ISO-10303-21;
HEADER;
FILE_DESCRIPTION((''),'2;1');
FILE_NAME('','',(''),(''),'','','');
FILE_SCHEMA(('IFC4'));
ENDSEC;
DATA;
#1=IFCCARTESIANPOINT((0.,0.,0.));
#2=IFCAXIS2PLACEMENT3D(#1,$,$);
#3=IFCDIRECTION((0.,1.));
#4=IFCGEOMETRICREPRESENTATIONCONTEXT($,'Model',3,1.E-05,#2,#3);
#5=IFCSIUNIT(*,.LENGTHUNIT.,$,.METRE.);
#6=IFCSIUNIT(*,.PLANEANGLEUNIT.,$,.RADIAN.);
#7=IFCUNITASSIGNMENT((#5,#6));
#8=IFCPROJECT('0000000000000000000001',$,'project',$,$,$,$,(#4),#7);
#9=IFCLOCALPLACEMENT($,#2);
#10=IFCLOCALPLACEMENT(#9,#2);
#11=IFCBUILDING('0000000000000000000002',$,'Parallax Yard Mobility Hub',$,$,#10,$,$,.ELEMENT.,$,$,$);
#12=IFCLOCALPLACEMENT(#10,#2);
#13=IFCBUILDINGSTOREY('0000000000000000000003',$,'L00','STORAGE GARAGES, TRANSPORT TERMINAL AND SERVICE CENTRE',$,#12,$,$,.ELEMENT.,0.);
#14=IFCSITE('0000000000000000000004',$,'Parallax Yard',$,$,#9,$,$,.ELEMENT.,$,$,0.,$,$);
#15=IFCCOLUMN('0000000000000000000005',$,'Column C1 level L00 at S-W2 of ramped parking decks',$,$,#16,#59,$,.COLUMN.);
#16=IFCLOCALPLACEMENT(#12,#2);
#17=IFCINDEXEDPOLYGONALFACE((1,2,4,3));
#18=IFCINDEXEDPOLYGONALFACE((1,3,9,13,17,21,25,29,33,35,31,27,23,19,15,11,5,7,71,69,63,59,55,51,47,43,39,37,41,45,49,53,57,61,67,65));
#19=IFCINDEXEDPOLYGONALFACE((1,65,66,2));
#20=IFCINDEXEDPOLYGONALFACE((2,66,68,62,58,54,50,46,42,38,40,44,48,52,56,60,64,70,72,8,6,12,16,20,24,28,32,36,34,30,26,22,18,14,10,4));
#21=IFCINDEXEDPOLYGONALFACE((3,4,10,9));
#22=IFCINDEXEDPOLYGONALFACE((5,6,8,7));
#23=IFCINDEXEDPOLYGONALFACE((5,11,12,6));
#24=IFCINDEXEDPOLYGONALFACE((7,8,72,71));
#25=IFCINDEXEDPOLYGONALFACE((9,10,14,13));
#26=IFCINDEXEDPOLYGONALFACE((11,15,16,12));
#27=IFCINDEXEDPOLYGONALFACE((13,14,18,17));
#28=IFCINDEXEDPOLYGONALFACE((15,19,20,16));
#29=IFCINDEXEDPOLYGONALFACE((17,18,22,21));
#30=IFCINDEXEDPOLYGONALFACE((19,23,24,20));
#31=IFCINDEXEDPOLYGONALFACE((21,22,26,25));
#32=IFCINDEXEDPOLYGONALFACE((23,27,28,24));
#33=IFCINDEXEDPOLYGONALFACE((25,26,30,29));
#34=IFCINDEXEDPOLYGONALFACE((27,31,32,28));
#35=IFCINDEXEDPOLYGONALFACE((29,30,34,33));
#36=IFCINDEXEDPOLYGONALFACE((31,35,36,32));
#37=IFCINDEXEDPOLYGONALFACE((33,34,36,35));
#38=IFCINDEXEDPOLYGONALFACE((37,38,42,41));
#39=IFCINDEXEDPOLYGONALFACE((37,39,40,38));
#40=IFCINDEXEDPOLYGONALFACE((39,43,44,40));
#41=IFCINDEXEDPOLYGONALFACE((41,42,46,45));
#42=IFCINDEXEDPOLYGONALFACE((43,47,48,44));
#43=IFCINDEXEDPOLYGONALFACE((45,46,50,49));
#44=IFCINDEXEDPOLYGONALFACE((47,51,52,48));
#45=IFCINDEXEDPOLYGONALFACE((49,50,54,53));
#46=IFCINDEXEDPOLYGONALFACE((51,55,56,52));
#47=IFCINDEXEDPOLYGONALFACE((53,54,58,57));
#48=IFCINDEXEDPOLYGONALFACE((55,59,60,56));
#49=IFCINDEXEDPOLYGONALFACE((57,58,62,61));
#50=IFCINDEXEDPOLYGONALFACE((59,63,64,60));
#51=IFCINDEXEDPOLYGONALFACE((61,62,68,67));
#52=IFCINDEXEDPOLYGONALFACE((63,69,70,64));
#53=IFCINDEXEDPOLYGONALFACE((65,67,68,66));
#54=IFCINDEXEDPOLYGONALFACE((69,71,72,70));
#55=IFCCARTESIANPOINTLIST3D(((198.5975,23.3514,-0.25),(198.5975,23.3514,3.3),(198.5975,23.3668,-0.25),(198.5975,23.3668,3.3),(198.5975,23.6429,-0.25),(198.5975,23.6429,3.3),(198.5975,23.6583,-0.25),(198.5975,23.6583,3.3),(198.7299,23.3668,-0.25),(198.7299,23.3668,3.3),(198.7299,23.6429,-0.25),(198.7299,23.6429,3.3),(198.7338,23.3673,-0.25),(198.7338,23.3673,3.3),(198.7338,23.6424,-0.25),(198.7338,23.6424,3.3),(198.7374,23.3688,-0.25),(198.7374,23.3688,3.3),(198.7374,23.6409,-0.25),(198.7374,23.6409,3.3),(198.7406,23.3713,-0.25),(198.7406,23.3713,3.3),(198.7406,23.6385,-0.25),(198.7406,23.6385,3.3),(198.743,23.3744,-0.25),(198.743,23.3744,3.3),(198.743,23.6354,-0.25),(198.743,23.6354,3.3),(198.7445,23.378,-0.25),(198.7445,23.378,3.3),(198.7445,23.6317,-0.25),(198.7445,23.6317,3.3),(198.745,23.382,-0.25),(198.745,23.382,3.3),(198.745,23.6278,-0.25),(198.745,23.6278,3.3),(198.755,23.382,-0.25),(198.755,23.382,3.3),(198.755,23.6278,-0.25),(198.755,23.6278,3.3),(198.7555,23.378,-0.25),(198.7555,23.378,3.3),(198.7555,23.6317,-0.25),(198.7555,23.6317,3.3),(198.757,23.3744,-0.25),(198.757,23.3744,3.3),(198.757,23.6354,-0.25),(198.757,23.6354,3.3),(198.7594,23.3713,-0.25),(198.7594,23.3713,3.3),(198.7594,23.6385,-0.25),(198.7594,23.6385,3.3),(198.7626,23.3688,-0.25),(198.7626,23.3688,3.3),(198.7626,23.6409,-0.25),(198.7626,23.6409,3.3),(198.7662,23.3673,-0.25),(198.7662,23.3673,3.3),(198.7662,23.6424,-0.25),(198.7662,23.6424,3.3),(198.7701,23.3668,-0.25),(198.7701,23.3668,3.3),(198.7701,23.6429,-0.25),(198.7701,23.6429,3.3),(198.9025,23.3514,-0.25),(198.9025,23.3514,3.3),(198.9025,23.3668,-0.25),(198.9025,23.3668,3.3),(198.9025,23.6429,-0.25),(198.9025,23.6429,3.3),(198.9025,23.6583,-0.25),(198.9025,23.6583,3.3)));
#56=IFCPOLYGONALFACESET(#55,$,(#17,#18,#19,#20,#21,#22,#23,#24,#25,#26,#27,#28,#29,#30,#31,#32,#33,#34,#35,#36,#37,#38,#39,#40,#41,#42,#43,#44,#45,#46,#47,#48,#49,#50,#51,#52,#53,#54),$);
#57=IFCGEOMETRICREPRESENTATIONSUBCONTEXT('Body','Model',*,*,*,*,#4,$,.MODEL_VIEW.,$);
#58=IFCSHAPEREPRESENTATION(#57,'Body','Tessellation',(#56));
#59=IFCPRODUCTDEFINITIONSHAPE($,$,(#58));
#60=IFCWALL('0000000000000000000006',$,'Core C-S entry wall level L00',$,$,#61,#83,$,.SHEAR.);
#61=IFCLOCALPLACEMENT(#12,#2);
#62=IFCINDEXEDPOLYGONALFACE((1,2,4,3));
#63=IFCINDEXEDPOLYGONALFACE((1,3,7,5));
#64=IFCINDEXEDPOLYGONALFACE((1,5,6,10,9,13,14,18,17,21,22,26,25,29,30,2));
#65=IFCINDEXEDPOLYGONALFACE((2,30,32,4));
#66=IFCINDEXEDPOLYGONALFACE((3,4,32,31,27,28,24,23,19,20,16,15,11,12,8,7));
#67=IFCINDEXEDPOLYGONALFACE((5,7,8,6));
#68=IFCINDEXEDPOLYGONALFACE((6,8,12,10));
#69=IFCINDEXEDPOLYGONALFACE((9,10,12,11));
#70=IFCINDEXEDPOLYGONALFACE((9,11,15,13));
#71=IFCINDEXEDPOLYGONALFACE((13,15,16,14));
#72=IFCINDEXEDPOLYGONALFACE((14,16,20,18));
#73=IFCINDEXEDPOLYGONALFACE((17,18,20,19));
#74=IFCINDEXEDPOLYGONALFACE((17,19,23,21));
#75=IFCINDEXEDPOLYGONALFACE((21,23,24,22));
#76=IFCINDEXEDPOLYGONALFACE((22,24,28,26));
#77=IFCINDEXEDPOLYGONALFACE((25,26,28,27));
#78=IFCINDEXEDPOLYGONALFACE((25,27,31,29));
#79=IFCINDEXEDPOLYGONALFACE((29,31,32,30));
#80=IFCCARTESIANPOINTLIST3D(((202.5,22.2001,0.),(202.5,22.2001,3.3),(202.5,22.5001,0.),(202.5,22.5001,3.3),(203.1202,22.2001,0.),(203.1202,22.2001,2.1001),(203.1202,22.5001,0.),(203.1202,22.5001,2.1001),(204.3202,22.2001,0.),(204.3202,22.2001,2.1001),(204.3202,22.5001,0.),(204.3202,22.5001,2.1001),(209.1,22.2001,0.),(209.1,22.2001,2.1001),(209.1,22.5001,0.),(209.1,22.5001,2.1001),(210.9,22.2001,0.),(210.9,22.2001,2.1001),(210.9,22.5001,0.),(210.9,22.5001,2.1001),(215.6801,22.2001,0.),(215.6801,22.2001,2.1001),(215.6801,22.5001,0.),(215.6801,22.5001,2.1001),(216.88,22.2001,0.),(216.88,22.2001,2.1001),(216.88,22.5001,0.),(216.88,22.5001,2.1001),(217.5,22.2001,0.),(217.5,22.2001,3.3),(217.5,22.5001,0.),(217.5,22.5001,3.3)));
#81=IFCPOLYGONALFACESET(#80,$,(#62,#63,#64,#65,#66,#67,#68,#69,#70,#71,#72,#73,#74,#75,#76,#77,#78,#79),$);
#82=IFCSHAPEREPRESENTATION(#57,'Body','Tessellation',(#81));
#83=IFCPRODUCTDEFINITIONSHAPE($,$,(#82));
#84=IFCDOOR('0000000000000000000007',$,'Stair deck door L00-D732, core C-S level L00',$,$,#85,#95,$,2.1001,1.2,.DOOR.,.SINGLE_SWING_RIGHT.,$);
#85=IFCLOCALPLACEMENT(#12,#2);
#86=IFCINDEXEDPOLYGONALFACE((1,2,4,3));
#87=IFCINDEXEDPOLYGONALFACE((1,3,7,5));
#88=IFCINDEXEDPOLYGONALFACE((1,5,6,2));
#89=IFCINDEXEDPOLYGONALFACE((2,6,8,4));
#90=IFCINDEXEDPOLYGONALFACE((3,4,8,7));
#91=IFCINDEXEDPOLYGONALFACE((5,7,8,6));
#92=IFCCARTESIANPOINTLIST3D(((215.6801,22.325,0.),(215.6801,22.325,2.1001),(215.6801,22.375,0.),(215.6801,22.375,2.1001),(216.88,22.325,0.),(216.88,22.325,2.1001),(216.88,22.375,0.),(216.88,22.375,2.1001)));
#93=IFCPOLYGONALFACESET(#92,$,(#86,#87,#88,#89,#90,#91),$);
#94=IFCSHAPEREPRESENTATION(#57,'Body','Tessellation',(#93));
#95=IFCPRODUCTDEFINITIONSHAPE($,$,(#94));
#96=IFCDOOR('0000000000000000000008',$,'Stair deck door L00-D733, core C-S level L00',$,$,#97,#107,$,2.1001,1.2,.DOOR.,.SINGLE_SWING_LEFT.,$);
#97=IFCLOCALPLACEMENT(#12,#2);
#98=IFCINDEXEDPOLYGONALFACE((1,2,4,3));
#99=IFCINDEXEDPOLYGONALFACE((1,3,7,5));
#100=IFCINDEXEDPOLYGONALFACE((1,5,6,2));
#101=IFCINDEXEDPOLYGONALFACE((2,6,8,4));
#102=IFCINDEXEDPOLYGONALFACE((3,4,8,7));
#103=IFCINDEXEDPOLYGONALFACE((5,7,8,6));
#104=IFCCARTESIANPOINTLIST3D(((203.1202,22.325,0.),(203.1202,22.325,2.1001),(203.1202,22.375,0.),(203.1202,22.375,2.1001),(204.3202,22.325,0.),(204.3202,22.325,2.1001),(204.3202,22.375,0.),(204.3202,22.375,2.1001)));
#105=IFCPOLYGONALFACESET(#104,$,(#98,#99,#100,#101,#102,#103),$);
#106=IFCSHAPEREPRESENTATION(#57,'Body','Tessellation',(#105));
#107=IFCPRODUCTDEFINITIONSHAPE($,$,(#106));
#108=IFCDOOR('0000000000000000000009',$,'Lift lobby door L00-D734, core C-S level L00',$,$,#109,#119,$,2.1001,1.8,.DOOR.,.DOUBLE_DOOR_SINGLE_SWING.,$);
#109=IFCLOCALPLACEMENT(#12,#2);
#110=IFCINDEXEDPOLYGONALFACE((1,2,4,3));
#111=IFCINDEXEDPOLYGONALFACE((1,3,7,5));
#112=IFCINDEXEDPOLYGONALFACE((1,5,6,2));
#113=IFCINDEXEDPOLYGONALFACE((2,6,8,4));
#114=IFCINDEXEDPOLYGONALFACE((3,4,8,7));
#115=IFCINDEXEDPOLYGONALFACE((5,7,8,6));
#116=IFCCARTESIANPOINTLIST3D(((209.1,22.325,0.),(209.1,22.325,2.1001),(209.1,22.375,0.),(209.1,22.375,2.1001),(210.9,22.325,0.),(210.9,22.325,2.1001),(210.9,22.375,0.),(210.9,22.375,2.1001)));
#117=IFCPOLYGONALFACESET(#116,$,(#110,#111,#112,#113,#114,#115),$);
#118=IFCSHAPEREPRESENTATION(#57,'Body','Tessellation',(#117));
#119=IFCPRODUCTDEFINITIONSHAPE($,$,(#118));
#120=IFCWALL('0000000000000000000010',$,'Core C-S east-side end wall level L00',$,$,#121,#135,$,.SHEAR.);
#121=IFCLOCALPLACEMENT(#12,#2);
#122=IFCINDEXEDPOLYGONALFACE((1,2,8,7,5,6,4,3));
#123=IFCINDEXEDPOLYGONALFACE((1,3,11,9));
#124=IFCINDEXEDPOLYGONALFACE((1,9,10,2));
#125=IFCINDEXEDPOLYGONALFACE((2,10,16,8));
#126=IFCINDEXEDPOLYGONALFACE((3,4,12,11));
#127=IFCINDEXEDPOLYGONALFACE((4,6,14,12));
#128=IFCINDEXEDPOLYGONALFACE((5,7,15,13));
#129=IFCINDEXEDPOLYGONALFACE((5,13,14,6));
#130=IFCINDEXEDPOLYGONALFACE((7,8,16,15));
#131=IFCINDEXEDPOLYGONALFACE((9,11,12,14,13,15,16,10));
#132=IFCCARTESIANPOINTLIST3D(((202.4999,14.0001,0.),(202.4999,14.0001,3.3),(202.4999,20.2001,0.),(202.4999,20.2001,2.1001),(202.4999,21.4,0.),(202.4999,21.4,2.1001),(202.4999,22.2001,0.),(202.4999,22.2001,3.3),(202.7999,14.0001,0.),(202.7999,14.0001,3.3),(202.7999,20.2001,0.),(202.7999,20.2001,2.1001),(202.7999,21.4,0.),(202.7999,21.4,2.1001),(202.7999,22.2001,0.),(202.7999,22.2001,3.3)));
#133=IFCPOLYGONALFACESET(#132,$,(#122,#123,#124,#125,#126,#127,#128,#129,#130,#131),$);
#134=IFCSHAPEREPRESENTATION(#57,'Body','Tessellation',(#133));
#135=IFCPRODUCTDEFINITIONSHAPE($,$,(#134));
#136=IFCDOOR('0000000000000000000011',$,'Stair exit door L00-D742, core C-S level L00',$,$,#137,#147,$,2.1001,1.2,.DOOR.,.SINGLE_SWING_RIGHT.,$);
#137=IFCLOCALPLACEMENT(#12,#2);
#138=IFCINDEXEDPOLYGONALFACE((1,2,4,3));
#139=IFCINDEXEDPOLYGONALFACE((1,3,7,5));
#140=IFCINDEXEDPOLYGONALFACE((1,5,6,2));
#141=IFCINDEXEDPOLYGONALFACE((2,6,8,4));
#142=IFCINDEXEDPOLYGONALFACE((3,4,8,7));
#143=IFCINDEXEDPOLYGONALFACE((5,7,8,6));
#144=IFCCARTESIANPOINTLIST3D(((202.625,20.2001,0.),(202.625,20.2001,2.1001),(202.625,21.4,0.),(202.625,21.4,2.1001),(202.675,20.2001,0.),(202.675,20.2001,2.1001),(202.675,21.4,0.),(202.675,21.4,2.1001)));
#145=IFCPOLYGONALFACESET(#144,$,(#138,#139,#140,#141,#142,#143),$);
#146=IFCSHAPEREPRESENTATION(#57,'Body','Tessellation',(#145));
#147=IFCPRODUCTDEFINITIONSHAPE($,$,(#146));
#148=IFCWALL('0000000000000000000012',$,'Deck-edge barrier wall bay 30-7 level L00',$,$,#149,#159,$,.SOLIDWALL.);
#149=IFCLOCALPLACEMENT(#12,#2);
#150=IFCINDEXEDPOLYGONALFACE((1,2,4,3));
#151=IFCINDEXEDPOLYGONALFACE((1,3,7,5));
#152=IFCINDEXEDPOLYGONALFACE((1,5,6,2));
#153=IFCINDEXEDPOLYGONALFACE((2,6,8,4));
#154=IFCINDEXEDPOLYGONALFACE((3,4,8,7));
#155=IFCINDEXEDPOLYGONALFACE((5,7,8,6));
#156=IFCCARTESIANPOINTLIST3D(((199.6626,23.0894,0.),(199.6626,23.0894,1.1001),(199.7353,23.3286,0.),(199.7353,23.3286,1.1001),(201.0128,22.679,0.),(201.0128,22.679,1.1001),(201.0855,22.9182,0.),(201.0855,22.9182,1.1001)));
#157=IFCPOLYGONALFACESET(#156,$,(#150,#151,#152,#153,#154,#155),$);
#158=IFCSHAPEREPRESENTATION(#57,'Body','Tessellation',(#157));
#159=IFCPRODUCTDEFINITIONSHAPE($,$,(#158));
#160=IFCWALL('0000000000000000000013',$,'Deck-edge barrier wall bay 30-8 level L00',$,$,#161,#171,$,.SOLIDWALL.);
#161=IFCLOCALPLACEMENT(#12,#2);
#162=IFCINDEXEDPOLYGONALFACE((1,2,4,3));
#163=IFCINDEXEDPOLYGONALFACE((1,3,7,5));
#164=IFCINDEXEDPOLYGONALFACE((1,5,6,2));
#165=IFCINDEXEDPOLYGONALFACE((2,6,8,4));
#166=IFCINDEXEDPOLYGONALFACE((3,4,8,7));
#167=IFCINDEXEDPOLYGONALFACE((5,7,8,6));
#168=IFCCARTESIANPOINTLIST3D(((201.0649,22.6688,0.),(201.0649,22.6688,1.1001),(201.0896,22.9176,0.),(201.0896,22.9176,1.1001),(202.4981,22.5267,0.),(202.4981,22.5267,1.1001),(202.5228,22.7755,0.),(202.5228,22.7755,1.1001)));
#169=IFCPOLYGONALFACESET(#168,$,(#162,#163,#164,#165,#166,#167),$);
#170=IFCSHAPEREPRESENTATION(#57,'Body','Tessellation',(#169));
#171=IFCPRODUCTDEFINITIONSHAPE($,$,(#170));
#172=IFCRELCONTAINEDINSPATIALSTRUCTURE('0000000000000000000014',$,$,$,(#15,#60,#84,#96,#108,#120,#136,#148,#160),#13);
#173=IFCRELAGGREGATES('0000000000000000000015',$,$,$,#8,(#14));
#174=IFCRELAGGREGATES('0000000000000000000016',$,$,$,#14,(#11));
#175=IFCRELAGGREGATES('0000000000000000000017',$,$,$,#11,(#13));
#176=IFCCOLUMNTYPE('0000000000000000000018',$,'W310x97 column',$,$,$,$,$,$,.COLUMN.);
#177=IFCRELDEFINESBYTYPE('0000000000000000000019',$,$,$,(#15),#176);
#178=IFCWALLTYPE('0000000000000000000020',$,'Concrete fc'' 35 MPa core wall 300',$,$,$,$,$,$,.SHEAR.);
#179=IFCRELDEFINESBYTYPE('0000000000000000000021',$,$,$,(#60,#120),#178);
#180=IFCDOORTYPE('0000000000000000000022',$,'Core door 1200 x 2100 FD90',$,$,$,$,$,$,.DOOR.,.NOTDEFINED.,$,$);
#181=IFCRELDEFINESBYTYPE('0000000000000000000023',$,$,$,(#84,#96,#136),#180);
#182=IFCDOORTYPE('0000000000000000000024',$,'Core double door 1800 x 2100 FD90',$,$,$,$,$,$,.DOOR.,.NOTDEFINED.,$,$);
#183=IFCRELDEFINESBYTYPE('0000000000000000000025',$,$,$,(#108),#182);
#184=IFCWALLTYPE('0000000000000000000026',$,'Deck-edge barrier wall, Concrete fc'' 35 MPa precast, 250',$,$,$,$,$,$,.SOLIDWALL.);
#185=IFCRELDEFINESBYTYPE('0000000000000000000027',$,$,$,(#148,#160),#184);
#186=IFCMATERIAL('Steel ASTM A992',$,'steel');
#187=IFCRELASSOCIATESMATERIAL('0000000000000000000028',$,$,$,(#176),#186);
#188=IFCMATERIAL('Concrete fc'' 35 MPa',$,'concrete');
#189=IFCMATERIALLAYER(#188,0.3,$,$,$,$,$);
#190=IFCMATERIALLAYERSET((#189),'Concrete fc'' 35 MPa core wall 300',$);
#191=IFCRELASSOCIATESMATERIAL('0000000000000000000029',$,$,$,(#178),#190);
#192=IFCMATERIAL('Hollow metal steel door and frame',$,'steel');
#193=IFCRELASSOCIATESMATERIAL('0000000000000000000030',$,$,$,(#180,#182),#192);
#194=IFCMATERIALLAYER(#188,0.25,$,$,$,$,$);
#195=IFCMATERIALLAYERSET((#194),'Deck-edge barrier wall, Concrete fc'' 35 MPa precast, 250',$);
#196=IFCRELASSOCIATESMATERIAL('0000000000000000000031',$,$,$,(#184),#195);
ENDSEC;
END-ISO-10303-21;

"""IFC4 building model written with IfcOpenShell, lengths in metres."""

from ifc_helpers import new_model, si_unit, direction, frame, frame_2d, origin, origin_2d, place, context, subcontext, project, spatial, rectangle, i_section, extrude, material, layer, layer_set, material_profile, profile_set, type_object, element, fill, save


model = new_model("IFC4")

# Units and contexts
model_context = context("Model", 3, precision=1e-05, world=origin(), true_north=direction((0.0, 1.0)))
body_context = subcontext(model_context, "Body", "Model", "MODEL_VIEW")
ifc_project = project(units=[si_unit("LENGTHUNIT", "METRE"), si_unit("PLANEANGLEUNIT", "RADIAN")], contexts=[model_context])

# Site, building, storey
site_placement = place(None, origin())
site = spatial("IfcSite", under=ifc_project, at=site_placement, Name="Parallax Yard", CompositionType="ELEMENT", RefElevation=0.0)
building_placement = place(site_placement, origin())
building = spatial("IfcBuilding", under=site, at=building_placement, Name="Parallax Yard Mobility Hub", CompositionType="ELEMENT")
storey_placement = place(building_placement, origin())
storey = spatial("IfcBuildingStorey", under=building, at=storey_placement, Name="L00", Description="STORAGE GARAGES, TRANSPORT TERMINAL AND SERVICE CENTRE", CompositionType="ELEMENT", Elevation=0.0)

# Column
ifc_material_1 = material(Name="Steel ASTM A992", Category="steel")
ifc_material_profile_1 = material_profile(ifc_material_1, i_section(OverallWidth=0.3049, OverallDepth=0.3069, WebThickness=0.01, FlangeThickness=0.0154, FilletRadius=0.0151, at=origin_2d()), Name="W310x97")
ifc_profile_set_1 = profile_set([ifc_material_profile_1], Name="Steel ASTM A992")
column_type = type_object("IfcColumnType", Name="W310x97 column", PredefinedType="COLUMN", material=ifc_profile_set_1)
for number, where, z_axis, x_axis, name in (
    (1, (198.75, 23.5049, -0.25), (0.0, 0.0, 1.0), (1.0, 0.0, 0.0), "Column C1 level L00 at S-W2 of ramped parking decks"),
):
    element("IfcColumn", number, at=place(storey_placement, frame(where, z_axis=z_axis, x_axis=x_axis)), inside=storey, type_object=column_type, Name=name, PredefinedType="COLUMN", context=body_context, shape_type="SweptSolid", body=[
        extrude(i_section(OverallWidth=0.3049, OverallDepth=0.3069, WebThickness=0.01, FlangeThickness=0.0154, FilletRadius=0.0151, at=origin_2d()), origin(), (0.0, 0.0, 1.0), 3.55),
    ])

# Wall, openings, doors
ifc_material_2 = material(Name="Concrete fc' 35 MPa", Category="concrete")
ifc_layer_1 = layer(ifc_material_2, 0.3)
ifc_layer_set_1 = layer_set([ifc_layer_1], Name="Concrete fc' 35 MPa core wall 300")
wall_type_1 = type_object("IfcWallType", Name="Concrete fc' 35 MPa core wall 300", PredefinedType="SHEAR", material=ifc_layer_set_1)
wall_1_placement = place(storey_placement, frame((202.5, 22.3501, 0.0), z_axis=(0.0, 0.0, 1.0), x_axis=(1.0, 0.0, 0.0)))
wall_1 = element("IfcWall", 2, at=wall_1_placement, inside=storey, type_object=wall_type_1, Name="Core C-S entry wall level L00", PredefinedType="SHEAR", context=body_context, shape_type="SweptSolid", body=[
    extrude(rectangle(XDim=15.0, YDim=0.3, at=frame_2d((7.5, 0.0))), origin(), (0.0, 0.0, 1.0), 3.3),
])
opening_1_placement = place(wall_1_placement, frame((13.1799, 0.0, 0.0)))
opening_1 = element("IfcOpeningElement", 3, at=opening_1_placement, cuts=wall_1, PredefinedType="OPENING", context=body_context, shape_type="SweptSolid", body=[
    extrude(rectangle(XDim=1.2, YDim=2.1001, at=frame_2d((0.6001, 1.05))), frame((0.0, 0.1602, 0.0), z_axis=(0.0, -1.0, 0.0), x_axis=(1.0, 0.0, 0.0)), (0.0, 0.0, 1.0), 0.3201),
])
opening_2_placement = place(wall_1_placement, frame((0.6201, 0.0, 0.0)))
opening_2 = element("IfcOpeningElement", 4, at=opening_2_placement, cuts=wall_1, PredefinedType="OPENING", context=body_context, shape_type="SweptSolid", body=[
    extrude(rectangle(XDim=1.2, YDim=2.1001, at=frame_2d((0.6001, 1.05))), frame((0.0, 0.1602, 0.0), z_axis=(0.0, -1.0, 0.0), x_axis=(1.0, 0.0, 0.0)), (0.0, 0.0, 1.0), 0.3201),
])
opening_3_placement = place(wall_1_placement, frame((6.6001, 0.0, 0.0)))
opening_3 = element("IfcOpeningElement", 5, at=opening_3_placement, cuts=wall_1, PredefinedType="OPENING", context=body_context, shape_type="SweptSolid", body=[
    extrude(rectangle(XDim=1.8, YDim=2.1001, at=frame_2d((0.8999, 1.05))), frame((0.0, 0.1602, 0.0), z_axis=(0.0, -1.0, 0.0), x_axis=(1.0, 0.0, 0.0)), (0.0, 0.0, 1.0), 0.3201),
])
ifc_material_3 = material(Name="Hollow metal steel door and frame", Category="steel")
door_type_1 = type_object("IfcDoorType", Name="Core door 1200 x 2100 FD90", OperationType="NOTDEFINED", PredefinedType="DOOR", material=ifc_material_3)
door_1_placement = place(opening_1_placement, origin())
door_1 = element("IfcDoor", 6, at=door_1_placement, inside=storey, type_object=door_type_1, Name="Stair deck door L00-D732, core C-S level L00", OperationType="SINGLE_SWING_RIGHT", OverallHeight=2.1001, OverallWidth=1.2, PredefinedType="DOOR", context=body_context, shape_type="SweptSolid", body=[
    extrude(rectangle(XDim=1.2, YDim=2.1001, at=frame_2d((0.6001, 1.05))), frame((0.0, 0.0249, 0.0), z_axis=(0.0, -1.0, 0.0), x_axis=(1.0, 0.0, 0.0)), (0.0, 0.0, 1.0), 0.05),
])
fill(opening_1, door_1)
door_2_placement = place(opening_2_placement, origin())
door_2 = element("IfcDoor", 7, at=door_2_placement, inside=storey, type_object=door_type_1, Name="Stair deck door L00-D733, core C-S level L00", OperationType="SINGLE_SWING_LEFT", OverallHeight=2.1001, OverallWidth=1.2, PredefinedType="DOOR", context=body_context, shape_type="SweptSolid", body=[
    extrude(rectangle(XDim=1.2, YDim=2.1001, at=frame_2d((0.6001, 1.05))), frame((0.0, 0.0249, 0.0), z_axis=(0.0, -1.0, 0.0), x_axis=(1.0, 0.0, 0.0)), (0.0, 0.0, 1.0), 0.05),
])
fill(opening_2, door_2)
door_type_2 = type_object("IfcDoorType", Name="Core double door 1800 x 2100 FD90", OperationType="NOTDEFINED", PredefinedType="DOOR", material=ifc_material_3)
door_3_placement = place(opening_3_placement, origin())
door_3 = element("IfcDoor", 8, at=door_3_placement, inside=storey, type_object=door_type_2, Name="Lift lobby door L00-D734, core C-S level L00", OperationType="DOUBLE_DOOR_SINGLE_SWING", OverallHeight=2.1001, OverallWidth=1.8, PredefinedType="DOOR", context=body_context, shape_type="SweptSolid", body=[
    extrude(rectangle(XDim=1.8, YDim=2.1001, at=frame_2d((0.8999, 1.05))), frame((0.0, 0.0249, 0.0), z_axis=(0.0, -1.0, 0.0), x_axis=(1.0, 0.0, 0.0)), (0.0, 0.0, 1.0), 0.05),
])
fill(opening_3, door_3)

# Wall, opening, door
wall_2_placement = place(storey_placement, frame((202.6499, 14.0, 0.0), z_axis=(0.0, 0.0, 1.0), x_axis=(0.0, 1.0, 0.0)))
wall_2 = element("IfcWall", 9, at=wall_2_placement, inside=storey, type_object=wall_type_1, Name="Core C-S east-side end wall level L00", PredefinedType="SHEAR", context=body_context, shape_type="SweptSolid", body=[
    extrude(rectangle(XDim=8.2, YDim=0.3, at=frame_2d((4.1001, 0.0))), origin(), (0.0, 0.0, 1.0), 3.3),
])
opening_4_placement = place(wall_2_placement, frame((6.2, 0.0, 0.0)))
opening_4 = element("IfcOpeningElement", 10, at=opening_4_placement, cuts=wall_2, PredefinedType="OPENING", context=body_context, shape_type="SweptSolid", body=[
    extrude(rectangle(XDim=1.2, YDim=2.1001, at=frame_2d((0.6001, 1.05))), frame((0.0, 0.1602, 0.0), z_axis=(0.0, -1.0, 0.0), x_axis=(1.0, 0.0, 0.0)), (0.0, 0.0, 1.0), 0.3201),
])
door_4_placement = place(opening_4_placement, origin())
door_4 = element("IfcDoor", 11, at=door_4_placement, inside=storey, type_object=door_type_1, Name="Stair exit door L00-D742, core C-S level L00", OperationType="SINGLE_SWING_RIGHT", OverallHeight=2.1001, OverallWidth=1.2, PredefinedType="DOOR", context=body_context, shape_type="SweptSolid", body=[
    extrude(rectangle(XDim=1.2, YDim=2.1001, at=frame_2d((0.6001, 1.05))), frame((0.0, 0.0249, 0.0), z_axis=(0.0, -1.0, 0.0), x_axis=(1.0, 0.0, 0.0)), (0.0, 0.0, 1.0), 0.05),
])
fill(opening_4, door_4)

# Walls
ifc_layer_2 = layer(ifc_material_2, 0.25)
ifc_layer_set_2 = layer_set([ifc_layer_2], Name="Deck-edge barrier wall, Concrete fc' 35 MPa precast, 250")
wall_type_2 = type_object("IfcWallType", Name="Deck-edge barrier wall, Concrete fc' 35 MPa precast, 250", PredefinedType="SOLIDWALL", material=ifc_layer_set_2)
wall_3_placement = place(storey_placement, frame((199.699, 23.209, 0.0), z_axis=(0.0, 0.0, 1.0), x_axis=(0.956772, -0.290838, 0.0)))
element("IfcWall", 12, at=wall_3_placement, inside=storey, type_object=wall_type_2, Name="Deck-edge barrier wall bay 30-7 level L00", PredefinedType="SOLIDWALL", context=body_context, shape_type="SweptSolid", body=[
    extrude(rectangle(XDim=1.4111, YDim=0.25, at=frame_2d((0.7056, 0.0))), origin(), (0.0, 0.0, 1.0), 1.1001),
])
wall_4_placement = place(storey_placement, frame((201.0771, 22.7932, 0.0), z_axis=(0.0, 0.0, 1.0), x_axis=(0.995121, -0.098664, 0.0)))
element("IfcWall", 13, at=wall_4_placement, inside=storey, type_object=wall_type_2, Name="Deck-edge barrier wall bay 30-8 level L00", PredefinedType="SOLIDWALL", context=body_context, shape_type="SweptSolid", body=[
    extrude(rectangle(XDim=1.4402, YDim=0.25, at=frame_2d((0.7202, 0.0))), origin(), (0.0, 0.0, 1.0), 1.1001),
])

save(model, "model.ifc")
